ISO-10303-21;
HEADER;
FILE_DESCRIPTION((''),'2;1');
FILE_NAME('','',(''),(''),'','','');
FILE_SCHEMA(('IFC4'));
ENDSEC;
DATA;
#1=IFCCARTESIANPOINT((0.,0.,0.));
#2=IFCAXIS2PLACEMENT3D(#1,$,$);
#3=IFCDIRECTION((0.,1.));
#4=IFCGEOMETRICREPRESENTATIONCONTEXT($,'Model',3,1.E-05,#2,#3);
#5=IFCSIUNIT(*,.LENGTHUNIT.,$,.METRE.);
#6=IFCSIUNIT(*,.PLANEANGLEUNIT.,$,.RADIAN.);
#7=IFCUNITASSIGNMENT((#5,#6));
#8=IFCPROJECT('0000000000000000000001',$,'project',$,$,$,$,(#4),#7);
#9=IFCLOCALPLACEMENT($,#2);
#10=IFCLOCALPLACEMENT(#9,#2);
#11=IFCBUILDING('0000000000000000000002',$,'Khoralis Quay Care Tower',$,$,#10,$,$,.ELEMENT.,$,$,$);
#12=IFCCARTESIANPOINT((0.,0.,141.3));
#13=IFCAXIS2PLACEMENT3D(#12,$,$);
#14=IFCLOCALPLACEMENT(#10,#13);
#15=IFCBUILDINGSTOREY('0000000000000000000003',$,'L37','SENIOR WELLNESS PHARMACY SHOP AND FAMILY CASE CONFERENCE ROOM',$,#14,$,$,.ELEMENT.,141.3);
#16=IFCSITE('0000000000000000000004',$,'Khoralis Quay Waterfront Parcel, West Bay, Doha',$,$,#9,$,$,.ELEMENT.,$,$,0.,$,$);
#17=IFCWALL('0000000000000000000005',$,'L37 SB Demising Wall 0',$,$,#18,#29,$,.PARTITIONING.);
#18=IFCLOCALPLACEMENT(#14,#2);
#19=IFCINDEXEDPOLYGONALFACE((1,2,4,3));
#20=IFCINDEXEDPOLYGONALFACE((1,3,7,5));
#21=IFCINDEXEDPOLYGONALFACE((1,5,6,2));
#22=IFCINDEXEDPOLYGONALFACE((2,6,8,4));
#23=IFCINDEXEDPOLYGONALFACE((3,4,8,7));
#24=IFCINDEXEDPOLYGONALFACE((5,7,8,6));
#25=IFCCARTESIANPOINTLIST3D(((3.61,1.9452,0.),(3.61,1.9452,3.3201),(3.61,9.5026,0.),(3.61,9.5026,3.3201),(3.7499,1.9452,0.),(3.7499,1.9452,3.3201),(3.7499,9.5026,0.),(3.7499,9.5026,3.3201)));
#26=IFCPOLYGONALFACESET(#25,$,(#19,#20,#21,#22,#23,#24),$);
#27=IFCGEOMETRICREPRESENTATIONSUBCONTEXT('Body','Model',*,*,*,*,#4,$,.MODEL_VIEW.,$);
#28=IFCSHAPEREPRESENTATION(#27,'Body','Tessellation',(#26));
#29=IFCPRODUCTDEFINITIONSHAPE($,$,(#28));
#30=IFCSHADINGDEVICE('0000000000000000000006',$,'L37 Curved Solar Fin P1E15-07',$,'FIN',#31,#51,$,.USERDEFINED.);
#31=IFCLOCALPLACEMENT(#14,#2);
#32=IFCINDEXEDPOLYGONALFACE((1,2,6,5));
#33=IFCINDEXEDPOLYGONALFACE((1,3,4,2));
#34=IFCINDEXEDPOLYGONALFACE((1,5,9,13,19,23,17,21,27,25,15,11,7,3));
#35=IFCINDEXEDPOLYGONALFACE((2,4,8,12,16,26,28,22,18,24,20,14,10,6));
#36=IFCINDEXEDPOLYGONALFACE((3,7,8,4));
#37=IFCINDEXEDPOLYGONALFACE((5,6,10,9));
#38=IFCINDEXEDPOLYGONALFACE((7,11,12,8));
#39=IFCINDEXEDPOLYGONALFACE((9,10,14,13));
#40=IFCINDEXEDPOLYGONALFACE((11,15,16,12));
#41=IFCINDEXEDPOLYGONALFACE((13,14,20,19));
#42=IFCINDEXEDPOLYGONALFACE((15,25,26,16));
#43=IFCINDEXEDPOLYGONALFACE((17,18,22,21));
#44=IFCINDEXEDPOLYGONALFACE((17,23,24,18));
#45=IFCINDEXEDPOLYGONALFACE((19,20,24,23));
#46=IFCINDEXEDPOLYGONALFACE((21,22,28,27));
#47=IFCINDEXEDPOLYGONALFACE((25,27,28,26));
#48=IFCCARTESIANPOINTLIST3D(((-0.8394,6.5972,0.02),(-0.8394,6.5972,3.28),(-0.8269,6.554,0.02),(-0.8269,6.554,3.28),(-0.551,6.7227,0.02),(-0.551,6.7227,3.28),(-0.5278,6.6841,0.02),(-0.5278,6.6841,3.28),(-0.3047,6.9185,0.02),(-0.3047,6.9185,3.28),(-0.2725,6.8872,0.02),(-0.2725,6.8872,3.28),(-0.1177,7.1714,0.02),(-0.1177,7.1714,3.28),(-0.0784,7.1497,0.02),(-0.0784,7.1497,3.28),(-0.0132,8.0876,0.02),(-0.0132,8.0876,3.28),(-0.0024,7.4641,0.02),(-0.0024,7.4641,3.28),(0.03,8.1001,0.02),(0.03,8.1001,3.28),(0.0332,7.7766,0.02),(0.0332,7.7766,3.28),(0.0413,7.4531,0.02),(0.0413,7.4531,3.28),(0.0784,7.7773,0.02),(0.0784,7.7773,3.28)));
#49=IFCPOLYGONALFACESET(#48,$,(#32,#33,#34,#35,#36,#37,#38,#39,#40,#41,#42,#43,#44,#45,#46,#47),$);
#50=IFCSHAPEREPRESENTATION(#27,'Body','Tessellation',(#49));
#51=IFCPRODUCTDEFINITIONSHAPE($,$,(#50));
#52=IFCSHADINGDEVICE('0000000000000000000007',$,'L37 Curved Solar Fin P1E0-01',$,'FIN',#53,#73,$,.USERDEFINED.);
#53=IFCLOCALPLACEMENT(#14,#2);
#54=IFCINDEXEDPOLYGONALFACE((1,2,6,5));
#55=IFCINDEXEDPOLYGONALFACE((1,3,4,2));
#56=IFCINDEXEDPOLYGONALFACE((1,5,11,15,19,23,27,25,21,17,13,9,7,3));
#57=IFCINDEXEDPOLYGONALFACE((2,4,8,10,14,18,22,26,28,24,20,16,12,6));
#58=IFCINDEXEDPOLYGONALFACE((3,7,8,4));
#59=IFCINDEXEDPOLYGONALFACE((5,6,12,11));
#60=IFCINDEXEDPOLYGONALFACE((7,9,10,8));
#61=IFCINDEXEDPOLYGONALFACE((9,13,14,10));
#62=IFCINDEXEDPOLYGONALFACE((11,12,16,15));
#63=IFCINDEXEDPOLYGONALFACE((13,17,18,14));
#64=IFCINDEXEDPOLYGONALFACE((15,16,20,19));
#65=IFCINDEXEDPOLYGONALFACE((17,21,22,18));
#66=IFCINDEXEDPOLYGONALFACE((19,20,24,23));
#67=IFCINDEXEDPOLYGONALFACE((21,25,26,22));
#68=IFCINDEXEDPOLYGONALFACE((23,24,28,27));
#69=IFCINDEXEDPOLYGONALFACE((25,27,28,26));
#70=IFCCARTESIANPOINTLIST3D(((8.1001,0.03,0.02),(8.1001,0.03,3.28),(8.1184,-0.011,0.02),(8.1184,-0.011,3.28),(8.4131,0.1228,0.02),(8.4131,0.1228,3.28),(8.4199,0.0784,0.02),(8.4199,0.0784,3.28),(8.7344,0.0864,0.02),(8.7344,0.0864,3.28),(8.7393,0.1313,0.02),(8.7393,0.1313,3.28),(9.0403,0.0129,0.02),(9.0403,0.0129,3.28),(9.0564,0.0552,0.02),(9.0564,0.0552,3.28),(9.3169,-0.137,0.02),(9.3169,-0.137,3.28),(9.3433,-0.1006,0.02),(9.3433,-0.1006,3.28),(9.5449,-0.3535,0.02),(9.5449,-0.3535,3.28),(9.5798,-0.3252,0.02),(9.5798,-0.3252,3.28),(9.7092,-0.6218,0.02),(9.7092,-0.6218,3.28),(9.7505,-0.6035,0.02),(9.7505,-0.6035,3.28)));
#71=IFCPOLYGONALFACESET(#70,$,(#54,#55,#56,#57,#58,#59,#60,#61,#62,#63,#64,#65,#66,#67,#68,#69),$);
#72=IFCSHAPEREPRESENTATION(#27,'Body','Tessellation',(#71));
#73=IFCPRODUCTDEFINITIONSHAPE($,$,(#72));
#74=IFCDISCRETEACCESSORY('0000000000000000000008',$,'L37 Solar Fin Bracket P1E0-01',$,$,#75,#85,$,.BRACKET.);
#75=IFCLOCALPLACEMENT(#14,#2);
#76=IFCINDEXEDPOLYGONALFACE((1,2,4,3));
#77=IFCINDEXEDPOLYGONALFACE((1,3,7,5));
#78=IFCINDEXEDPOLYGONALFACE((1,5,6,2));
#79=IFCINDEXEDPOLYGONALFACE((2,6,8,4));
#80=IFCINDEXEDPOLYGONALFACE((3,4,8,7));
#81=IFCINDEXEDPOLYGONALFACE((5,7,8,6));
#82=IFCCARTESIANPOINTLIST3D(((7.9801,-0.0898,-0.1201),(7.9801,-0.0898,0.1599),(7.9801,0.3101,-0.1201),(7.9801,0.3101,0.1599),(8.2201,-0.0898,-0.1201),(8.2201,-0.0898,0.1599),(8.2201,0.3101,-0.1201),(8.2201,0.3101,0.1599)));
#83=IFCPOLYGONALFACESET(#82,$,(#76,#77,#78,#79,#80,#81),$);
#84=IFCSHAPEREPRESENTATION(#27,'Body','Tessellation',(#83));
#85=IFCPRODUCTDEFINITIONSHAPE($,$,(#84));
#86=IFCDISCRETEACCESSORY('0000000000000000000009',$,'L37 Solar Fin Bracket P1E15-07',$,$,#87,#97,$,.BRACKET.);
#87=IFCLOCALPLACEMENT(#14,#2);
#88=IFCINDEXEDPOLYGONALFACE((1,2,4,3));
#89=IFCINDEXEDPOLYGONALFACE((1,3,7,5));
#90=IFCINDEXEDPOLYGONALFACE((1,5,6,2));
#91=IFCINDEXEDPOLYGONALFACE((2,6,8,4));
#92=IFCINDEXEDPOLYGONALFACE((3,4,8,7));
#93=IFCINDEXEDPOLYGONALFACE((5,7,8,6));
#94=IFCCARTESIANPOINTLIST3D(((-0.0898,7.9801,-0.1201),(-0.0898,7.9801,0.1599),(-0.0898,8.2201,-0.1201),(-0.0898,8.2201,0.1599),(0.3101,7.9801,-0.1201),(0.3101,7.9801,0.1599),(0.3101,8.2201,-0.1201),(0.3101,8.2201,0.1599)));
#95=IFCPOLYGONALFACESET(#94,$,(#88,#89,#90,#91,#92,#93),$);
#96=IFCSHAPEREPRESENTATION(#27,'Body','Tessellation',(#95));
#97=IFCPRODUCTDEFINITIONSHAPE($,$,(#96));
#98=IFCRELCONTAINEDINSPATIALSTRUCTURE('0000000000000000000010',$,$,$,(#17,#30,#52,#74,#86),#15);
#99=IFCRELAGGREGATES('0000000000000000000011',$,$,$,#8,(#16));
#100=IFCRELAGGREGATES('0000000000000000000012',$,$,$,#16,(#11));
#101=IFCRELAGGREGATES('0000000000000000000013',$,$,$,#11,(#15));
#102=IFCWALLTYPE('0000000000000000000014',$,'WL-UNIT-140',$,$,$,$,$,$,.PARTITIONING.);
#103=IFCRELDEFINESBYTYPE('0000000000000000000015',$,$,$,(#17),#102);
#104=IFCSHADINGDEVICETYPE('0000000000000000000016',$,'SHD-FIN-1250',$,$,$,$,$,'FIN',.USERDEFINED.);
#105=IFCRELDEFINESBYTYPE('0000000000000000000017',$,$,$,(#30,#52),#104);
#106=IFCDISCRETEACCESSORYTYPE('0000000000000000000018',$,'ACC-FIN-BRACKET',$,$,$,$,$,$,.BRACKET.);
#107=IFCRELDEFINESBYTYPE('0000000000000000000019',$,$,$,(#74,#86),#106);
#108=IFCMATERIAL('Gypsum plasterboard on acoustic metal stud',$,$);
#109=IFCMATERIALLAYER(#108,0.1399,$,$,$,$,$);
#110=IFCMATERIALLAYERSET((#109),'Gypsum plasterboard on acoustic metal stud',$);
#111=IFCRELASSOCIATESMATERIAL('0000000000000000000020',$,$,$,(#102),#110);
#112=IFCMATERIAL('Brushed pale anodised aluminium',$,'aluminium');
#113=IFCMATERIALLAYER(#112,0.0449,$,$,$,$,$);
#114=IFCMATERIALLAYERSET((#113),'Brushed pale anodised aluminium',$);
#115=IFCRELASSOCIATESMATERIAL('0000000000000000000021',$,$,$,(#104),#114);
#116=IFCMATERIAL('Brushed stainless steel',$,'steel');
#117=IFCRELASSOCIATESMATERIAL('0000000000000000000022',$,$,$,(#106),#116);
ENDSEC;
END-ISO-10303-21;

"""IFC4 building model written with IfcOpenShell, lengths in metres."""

from ifc_helpers import new_model, si_unit, direction, frame, frame_2d, origin, origin_2d, place, context, subcontext, project, spatial, polyline, rectangle, outline, extrude, source, transform, mapped, material, layer, layer_set, type_object, element, save


model = new_model("IFC4")

# Units and contexts
model_context = context("Model", 3, precision=1e-05, world=origin(), true_north=direction((0.0, 1.0)))
body_context = subcontext(model_context, "Body", "Model", "MODEL_VIEW")
ifc_project = project(units=[si_unit("LENGTHUNIT", "METRE"), si_unit("PLANEANGLEUNIT", "RADIAN")], contexts=[model_context])

# Site, building, storey
site_placement = place(None, origin())
site = spatial("IfcSite", under=ifc_project, at=site_placement, Name="Khoralis Quay Waterfront Parcel, West Bay, Doha", CompositionType="ELEMENT", RefElevation=0.0)
building_placement = place(site_placement, origin())
building = spatial("IfcBuilding", under=site, at=building_placement, Name="Khoralis Quay Care Tower", CompositionType="ELEMENT")
storey_placement = place(building_placement, frame((0.0, 0.0, 141.3)))
storey = spatial("IfcBuildingStorey", under=building, at=storey_placement, Name="L37", Description="SENIOR WELLNESS PHARMACY SHOP AND FAMILY CASE CONFERENCE ROOM", CompositionType="ELEMENT", Elevation=141.3)

# Wall
ifc_material_1 = material(Name="Gypsum plasterboard on acoustic metal stud")
ifc_layer_1 = layer(ifc_material_1, 0.1399)
ifc_layer_set_1 = layer_set([ifc_layer_1], Name="Gypsum plasterboard on acoustic metal stud")
wall_type_1 = type_object("IfcWallType", Name="WL-UNIT-140", PredefinedType="PARTITIONING", material=ifc_layer_set_1)
wall_1_placement = place(storey_placement, frame((3.6799, 1.9451, 0.0), z_axis=(0.0, 0.0, 1.0), x_axis=(0.0, 1.0, 0.0)))
element("IfcWall", 1, at=wall_1_placement, inside=storey, type_object=wall_type_1, Name="L37 SB Demising Wall 0", PredefinedType="PARTITIONING", context=body_context, shape_type="SweptSolid", body=[
    extrude(rectangle(XDim=7.5574, YDim=0.1399, at=frame_2d((3.7788, 0.0))), origin(), (0.0, 0.0, 1.0), 3.3201),
])

# Shading devices
ifc_material_2 = material(Name="Brushed pale anodised aluminium", Category="aluminium")
ifc_layer_2 = layer(ifc_material_2, 0.0449)
ifc_layer_set_2 = layer_set([ifc_layer_2], Name="Brushed pale anodised aluminium")
shading_device_type = type_object("IfcShadingDeviceType", Name="SHD-FIN-1250", ElementType="FIN", PredefinedType="USERDEFINED", material=ifc_layer_set_2)
shared_shape_1 = source(origin(), body_context, "Body", "SweptSolid", [
    extrude(outline(polyline([(0.0, 0.0), (-0.0483, 0.3228), (-0.0112, 0.647), (0.1084, 0.9504), (0.3025, 1.2129), (0.5579, 1.416), (0.8569, 1.5461), (0.8694, 1.5029), (0.5811, 1.3774), (0.3347, 1.1816), (0.1477, 0.9287), (0.0325, 0.636), (-0.0032, 0.3235), (0.0432, 0.0125), (0.0, 0.0)])), origin(), (0.0, 0.0, 1.0), 3.26),
])
shading_device_1_placement = place(storey_placement, frame((0.03, 8.1001, 0.02), z_axis=(0.0, 0.0, 1.0), x_axis=(-1.0, 0.0, 0.0)))
element("IfcShadingDevice", 2, at=shading_device_1_placement, inside=storey, type_object=shading_device_type, Name="L37 Curved Solar Fin P1E15-07", ObjectType="FIN", PredefinedType="USERDEFINED", context=body_context, shape_type="MappedRepresentation", body=[
    mapped(shared_shape_1, transform((0.0, 0.0, 0.0), scale=1.0)),
])
shared_shape_2 = source(origin(), body_context, "Body", "SweptSolid", [
    extrude(outline(polyline([(0.0, 0.0), (-0.0928, 0.313), (-0.1013, 0.6392), (-0.0251, 0.9563), (0.1306, 1.2432), (0.3552, 1.4797), (0.6335, 1.6504), (0.6519, 1.6091), (0.3835, 1.4448), (0.167, 1.2168), (0.0171, 0.9402), (-0.0564, 0.6343), (-0.0483, 0.3198), (0.041, 0.0183), (0.0, 0.0)])), origin(), (0.0, 0.0, 1.0), 3.26),
])
shading_device_2_placement = place(storey_placement, frame((8.1001, 0.03, 0.02), z_axis=(0.0, 0.0, 1.0), x_axis=(0.0, -1.0, 0.0)))
element("IfcShadingDevice", 3, at=shading_device_2_placement, inside=storey, type_object=shading_device_type, Name="L37 Curved Solar Fin P1E0-01", ObjectType="FIN", PredefinedType="USERDEFINED", context=body_context, shape_type="MappedRepresentation", body=[
    mapped(shared_shape_2, transform((0.0, 0.0, 0.0), scale=1.0)),
])

# Discrete accessories
ifc_material_3 = material(Name="Brushed stainless steel", Category="steel")
discrete_accessory_type = type_object("IfcDiscreteAccessoryType", Name="ACC-FIN-BRACKET", PredefinedType="BRACKET", material=ifc_material_3)
shared_shape_3 = source(origin(), body_context, "Body", "SweptSolid", [
    extrude(rectangle(XDim=0.3999, YDim=0.24, at=origin_2d()), origin(), (0.0, 0.0, 1.0), 0.28),
])
for number, where, z_axis, x_axis, name in (
    (4, (8.1001, 0.1101, -0.1201), (0.0, 0.0, 1.0), (0.0, -1.0, 0.0), "L37 Solar Fin Bracket P1E0-01"),
    (5, (0.1101, 8.1001, -0.1201), (0.0, 0.0, 1.0), (-1.0, 0.0, 0.0), "L37 Solar Fin Bracket P1E15-07"),
):
    element("IfcDiscreteAccessory", number, at=place(storey_placement, frame(where, z_axis=z_axis, x_axis=x_axis)), inside=storey, type_object=discrete_accessory_type, Name=name, PredefinedType="BRACKET", context=body_context, shape_type="MappedRepresentation", body=[
        mapped(shared_shape_3, transform((0.0, 0.0, 0.0), scale=1.0)),
    ])

save(model, "model.ifc")
